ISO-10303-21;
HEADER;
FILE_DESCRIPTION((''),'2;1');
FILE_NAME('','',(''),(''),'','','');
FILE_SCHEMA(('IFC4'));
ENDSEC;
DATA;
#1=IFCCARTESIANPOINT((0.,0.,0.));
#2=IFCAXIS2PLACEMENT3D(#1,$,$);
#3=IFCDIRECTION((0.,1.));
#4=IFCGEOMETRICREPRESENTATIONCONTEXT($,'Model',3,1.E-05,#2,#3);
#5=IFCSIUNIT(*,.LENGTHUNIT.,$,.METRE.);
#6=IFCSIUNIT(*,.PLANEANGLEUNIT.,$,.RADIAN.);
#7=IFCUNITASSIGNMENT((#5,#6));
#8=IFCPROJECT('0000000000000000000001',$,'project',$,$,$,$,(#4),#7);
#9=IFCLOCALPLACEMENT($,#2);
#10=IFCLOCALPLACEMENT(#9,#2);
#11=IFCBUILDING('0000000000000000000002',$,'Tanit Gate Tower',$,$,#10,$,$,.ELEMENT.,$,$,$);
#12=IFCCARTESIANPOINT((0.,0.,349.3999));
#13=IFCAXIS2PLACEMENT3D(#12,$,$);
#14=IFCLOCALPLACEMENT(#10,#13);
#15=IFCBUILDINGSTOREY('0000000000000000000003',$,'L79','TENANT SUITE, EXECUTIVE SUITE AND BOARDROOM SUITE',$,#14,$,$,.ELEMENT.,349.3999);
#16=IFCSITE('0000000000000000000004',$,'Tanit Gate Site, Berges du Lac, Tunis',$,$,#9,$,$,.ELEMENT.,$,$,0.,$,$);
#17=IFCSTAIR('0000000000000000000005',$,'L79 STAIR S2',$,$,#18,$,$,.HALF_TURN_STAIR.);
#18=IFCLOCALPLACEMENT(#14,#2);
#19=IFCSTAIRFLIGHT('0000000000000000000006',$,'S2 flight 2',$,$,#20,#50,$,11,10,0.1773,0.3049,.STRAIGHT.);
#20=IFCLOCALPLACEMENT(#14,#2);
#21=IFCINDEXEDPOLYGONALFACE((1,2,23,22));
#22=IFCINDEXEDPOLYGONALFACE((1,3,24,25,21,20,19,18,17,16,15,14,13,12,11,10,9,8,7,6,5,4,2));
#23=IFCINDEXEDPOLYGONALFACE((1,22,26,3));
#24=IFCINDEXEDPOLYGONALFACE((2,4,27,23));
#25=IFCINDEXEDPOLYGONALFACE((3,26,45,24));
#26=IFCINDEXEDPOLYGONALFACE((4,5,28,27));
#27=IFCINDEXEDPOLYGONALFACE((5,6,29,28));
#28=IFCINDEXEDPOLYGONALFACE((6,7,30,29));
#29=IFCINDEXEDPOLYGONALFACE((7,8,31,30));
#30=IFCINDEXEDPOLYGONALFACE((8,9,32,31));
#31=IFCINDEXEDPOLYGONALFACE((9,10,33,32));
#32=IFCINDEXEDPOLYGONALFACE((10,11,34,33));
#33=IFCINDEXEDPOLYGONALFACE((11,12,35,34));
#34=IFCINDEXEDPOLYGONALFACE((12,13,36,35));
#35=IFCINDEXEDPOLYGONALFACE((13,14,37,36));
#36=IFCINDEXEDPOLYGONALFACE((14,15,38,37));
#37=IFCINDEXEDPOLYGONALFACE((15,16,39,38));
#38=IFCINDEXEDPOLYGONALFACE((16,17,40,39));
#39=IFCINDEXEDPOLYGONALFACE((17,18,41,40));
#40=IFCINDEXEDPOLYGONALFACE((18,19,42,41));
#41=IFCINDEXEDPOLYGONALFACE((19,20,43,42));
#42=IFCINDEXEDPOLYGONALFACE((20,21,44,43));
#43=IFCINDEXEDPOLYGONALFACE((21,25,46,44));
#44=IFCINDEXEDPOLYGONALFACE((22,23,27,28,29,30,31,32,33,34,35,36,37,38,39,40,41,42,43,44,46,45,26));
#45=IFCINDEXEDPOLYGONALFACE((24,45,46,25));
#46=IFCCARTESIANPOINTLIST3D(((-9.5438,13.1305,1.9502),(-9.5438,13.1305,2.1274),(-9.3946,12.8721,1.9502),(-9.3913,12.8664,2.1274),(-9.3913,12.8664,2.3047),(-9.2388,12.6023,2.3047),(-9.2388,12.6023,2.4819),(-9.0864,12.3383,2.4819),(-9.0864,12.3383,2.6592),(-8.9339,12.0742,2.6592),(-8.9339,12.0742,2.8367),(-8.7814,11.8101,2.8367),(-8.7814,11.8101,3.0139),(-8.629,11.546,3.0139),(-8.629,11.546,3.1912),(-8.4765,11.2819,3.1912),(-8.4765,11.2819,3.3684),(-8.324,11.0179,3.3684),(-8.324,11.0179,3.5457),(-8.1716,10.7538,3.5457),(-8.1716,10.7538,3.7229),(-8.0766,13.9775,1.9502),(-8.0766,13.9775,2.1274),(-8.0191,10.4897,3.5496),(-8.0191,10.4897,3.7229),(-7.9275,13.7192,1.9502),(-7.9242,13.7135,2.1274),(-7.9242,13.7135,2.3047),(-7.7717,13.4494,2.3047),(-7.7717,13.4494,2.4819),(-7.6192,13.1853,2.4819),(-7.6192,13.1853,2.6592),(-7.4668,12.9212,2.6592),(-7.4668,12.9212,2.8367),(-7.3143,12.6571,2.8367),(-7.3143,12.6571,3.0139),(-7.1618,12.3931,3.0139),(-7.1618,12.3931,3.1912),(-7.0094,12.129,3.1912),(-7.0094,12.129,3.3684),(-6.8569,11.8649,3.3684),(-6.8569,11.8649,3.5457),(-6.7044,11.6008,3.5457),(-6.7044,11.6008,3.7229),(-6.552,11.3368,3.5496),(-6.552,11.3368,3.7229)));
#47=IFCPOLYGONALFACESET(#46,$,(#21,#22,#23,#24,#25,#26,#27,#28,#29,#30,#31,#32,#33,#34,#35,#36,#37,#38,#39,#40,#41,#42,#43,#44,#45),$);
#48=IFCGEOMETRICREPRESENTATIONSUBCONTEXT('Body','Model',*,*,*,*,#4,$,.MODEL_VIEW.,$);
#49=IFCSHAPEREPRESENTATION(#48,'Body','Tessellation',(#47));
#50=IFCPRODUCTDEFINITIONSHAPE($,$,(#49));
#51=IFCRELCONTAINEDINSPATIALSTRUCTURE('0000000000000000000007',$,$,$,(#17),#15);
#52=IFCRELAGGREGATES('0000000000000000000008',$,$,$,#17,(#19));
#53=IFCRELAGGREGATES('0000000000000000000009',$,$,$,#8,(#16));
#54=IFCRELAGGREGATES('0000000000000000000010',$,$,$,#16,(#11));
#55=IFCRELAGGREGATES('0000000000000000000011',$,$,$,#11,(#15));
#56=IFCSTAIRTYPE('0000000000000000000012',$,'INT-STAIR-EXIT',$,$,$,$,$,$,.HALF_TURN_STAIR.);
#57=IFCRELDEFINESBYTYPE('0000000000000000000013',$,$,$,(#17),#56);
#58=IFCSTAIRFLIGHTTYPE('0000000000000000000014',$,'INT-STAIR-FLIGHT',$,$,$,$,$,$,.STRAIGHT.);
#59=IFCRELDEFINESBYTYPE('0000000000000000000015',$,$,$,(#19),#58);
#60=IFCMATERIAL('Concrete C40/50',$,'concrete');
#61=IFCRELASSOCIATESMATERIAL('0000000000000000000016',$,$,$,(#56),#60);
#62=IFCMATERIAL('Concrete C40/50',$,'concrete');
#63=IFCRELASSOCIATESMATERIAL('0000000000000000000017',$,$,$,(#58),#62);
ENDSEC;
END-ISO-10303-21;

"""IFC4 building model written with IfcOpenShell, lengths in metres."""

from ifc_helpers import new_model, si_unit, direction, frame, origin, place, context, subcontext, project, spatial, polyline, outline, extrude, material, type_object, element, aggregate, save


model = new_model("IFC4")

# Units and contexts
model_context = context("Model", 3, precision=1e-05, world=origin(), true_north=direction((0.0, 1.0)))
body_context = subcontext(model_context, "Body", "Model", "MODEL_VIEW")
ifc_project = project(units=[si_unit("LENGTHUNIT", "METRE"), si_unit("PLANEANGLEUNIT", "RADIAN")], contexts=[model_context])

# Site, building, storey
site_placement = place(None, origin())
site = spatial("IfcSite", under=ifc_project, at=site_placement, Name="Tanit Gate Site, Berges du Lac, Tunis", CompositionType="ELEMENT", RefElevation=0.0)
building_placement = place(site_placement, origin())
building = spatial("IfcBuilding", under=site, at=building_placement, Name="Tanit Gate Tower", CompositionType="ELEMENT")
storey_placement = place(building_placement, frame((0.0, 0.0, 349.3999)))
storey = spatial("IfcBuildingStorey", under=building, at=storey_placement, Name="L79", Description="TENANT SUITE, EXECUTIVE SUITE AND BOARDROOM SUITE", CompositionType="ELEMENT", Elevation=349.3999)

# Stair, stair flight
ifc_material_1 = material(Name="Concrete C40/50", Category="concrete")
stair_type = type_object("IfcStairType", Name="INT-STAIR-EXIT", PredefinedType="HALF_TURN_STAIR", material=ifc_material_1)
stair_placement = place(storey_placement, origin())
stair = element("IfcStair", 1, at=stair_placement, inside=storey, type_object=stair_type, Name="L79 STAIR S2", PredefinedType="HALF_TURN_STAIR")
ifc_material_2 = material(Name="Concrete C40/50", Category="concrete")
stair_flight_type = type_object("IfcStairFlightType", Name="INT-STAIR-FLIGHT", PredefinedType="STRAIGHT", material=ifc_material_2)
stair_flight_placement = place(storey_placement, frame((-8.8103, 13.554, 1.9502), z_axis=(0.0, 0.0, 1.0), x_axis=(0.5, -0.866025, 0.0)))
stair_flight = element("IfcStairFlight", 2, at=stair_flight_placement, type_object=stair_flight_type, Name="S2 flight 2", NumberOfRisers=11, NumberOfTreads=10, PredefinedType="STRAIGHT", RiserHeight=0.1773, TreadLength=0.3049, context=body_context, shape_type="SweptSolid", body=[
    extrude(outline(polyline([(0.0, 0.0), (0.0, 0.1772), (0.3049, 0.1772), (0.3049, 0.3545), (0.6099, 0.3545), (0.6099, 0.5317), (0.9148, 0.5317), (0.9148, 0.709), (1.2197, 0.709), (1.2197, 0.8865), (1.5247, 0.8865), (1.5247, 1.0637), (1.8296, 1.0637), (1.8296, 1.241), (2.1345, 1.241), (2.1345, 1.4182), (2.4395, 1.4182), (2.4395, 1.5955), (2.7444, 1.5955), (2.7444, 1.7727), (3.0493, 1.7727), (3.0493, 1.95), (3.0493, 1.5994), (0.2983, 0.0), (0.0, 0.0)])), frame((0.0, 0.8472, 0.0), z_axis=(0.0, -1.0, 0.0), x_axis=(1.0, 0.0, 0.0)), (0.0, 0.0, 1.0), 1.6941),
])
aggregate(stair, [stair_flight])

save(model, "model.ifc")
